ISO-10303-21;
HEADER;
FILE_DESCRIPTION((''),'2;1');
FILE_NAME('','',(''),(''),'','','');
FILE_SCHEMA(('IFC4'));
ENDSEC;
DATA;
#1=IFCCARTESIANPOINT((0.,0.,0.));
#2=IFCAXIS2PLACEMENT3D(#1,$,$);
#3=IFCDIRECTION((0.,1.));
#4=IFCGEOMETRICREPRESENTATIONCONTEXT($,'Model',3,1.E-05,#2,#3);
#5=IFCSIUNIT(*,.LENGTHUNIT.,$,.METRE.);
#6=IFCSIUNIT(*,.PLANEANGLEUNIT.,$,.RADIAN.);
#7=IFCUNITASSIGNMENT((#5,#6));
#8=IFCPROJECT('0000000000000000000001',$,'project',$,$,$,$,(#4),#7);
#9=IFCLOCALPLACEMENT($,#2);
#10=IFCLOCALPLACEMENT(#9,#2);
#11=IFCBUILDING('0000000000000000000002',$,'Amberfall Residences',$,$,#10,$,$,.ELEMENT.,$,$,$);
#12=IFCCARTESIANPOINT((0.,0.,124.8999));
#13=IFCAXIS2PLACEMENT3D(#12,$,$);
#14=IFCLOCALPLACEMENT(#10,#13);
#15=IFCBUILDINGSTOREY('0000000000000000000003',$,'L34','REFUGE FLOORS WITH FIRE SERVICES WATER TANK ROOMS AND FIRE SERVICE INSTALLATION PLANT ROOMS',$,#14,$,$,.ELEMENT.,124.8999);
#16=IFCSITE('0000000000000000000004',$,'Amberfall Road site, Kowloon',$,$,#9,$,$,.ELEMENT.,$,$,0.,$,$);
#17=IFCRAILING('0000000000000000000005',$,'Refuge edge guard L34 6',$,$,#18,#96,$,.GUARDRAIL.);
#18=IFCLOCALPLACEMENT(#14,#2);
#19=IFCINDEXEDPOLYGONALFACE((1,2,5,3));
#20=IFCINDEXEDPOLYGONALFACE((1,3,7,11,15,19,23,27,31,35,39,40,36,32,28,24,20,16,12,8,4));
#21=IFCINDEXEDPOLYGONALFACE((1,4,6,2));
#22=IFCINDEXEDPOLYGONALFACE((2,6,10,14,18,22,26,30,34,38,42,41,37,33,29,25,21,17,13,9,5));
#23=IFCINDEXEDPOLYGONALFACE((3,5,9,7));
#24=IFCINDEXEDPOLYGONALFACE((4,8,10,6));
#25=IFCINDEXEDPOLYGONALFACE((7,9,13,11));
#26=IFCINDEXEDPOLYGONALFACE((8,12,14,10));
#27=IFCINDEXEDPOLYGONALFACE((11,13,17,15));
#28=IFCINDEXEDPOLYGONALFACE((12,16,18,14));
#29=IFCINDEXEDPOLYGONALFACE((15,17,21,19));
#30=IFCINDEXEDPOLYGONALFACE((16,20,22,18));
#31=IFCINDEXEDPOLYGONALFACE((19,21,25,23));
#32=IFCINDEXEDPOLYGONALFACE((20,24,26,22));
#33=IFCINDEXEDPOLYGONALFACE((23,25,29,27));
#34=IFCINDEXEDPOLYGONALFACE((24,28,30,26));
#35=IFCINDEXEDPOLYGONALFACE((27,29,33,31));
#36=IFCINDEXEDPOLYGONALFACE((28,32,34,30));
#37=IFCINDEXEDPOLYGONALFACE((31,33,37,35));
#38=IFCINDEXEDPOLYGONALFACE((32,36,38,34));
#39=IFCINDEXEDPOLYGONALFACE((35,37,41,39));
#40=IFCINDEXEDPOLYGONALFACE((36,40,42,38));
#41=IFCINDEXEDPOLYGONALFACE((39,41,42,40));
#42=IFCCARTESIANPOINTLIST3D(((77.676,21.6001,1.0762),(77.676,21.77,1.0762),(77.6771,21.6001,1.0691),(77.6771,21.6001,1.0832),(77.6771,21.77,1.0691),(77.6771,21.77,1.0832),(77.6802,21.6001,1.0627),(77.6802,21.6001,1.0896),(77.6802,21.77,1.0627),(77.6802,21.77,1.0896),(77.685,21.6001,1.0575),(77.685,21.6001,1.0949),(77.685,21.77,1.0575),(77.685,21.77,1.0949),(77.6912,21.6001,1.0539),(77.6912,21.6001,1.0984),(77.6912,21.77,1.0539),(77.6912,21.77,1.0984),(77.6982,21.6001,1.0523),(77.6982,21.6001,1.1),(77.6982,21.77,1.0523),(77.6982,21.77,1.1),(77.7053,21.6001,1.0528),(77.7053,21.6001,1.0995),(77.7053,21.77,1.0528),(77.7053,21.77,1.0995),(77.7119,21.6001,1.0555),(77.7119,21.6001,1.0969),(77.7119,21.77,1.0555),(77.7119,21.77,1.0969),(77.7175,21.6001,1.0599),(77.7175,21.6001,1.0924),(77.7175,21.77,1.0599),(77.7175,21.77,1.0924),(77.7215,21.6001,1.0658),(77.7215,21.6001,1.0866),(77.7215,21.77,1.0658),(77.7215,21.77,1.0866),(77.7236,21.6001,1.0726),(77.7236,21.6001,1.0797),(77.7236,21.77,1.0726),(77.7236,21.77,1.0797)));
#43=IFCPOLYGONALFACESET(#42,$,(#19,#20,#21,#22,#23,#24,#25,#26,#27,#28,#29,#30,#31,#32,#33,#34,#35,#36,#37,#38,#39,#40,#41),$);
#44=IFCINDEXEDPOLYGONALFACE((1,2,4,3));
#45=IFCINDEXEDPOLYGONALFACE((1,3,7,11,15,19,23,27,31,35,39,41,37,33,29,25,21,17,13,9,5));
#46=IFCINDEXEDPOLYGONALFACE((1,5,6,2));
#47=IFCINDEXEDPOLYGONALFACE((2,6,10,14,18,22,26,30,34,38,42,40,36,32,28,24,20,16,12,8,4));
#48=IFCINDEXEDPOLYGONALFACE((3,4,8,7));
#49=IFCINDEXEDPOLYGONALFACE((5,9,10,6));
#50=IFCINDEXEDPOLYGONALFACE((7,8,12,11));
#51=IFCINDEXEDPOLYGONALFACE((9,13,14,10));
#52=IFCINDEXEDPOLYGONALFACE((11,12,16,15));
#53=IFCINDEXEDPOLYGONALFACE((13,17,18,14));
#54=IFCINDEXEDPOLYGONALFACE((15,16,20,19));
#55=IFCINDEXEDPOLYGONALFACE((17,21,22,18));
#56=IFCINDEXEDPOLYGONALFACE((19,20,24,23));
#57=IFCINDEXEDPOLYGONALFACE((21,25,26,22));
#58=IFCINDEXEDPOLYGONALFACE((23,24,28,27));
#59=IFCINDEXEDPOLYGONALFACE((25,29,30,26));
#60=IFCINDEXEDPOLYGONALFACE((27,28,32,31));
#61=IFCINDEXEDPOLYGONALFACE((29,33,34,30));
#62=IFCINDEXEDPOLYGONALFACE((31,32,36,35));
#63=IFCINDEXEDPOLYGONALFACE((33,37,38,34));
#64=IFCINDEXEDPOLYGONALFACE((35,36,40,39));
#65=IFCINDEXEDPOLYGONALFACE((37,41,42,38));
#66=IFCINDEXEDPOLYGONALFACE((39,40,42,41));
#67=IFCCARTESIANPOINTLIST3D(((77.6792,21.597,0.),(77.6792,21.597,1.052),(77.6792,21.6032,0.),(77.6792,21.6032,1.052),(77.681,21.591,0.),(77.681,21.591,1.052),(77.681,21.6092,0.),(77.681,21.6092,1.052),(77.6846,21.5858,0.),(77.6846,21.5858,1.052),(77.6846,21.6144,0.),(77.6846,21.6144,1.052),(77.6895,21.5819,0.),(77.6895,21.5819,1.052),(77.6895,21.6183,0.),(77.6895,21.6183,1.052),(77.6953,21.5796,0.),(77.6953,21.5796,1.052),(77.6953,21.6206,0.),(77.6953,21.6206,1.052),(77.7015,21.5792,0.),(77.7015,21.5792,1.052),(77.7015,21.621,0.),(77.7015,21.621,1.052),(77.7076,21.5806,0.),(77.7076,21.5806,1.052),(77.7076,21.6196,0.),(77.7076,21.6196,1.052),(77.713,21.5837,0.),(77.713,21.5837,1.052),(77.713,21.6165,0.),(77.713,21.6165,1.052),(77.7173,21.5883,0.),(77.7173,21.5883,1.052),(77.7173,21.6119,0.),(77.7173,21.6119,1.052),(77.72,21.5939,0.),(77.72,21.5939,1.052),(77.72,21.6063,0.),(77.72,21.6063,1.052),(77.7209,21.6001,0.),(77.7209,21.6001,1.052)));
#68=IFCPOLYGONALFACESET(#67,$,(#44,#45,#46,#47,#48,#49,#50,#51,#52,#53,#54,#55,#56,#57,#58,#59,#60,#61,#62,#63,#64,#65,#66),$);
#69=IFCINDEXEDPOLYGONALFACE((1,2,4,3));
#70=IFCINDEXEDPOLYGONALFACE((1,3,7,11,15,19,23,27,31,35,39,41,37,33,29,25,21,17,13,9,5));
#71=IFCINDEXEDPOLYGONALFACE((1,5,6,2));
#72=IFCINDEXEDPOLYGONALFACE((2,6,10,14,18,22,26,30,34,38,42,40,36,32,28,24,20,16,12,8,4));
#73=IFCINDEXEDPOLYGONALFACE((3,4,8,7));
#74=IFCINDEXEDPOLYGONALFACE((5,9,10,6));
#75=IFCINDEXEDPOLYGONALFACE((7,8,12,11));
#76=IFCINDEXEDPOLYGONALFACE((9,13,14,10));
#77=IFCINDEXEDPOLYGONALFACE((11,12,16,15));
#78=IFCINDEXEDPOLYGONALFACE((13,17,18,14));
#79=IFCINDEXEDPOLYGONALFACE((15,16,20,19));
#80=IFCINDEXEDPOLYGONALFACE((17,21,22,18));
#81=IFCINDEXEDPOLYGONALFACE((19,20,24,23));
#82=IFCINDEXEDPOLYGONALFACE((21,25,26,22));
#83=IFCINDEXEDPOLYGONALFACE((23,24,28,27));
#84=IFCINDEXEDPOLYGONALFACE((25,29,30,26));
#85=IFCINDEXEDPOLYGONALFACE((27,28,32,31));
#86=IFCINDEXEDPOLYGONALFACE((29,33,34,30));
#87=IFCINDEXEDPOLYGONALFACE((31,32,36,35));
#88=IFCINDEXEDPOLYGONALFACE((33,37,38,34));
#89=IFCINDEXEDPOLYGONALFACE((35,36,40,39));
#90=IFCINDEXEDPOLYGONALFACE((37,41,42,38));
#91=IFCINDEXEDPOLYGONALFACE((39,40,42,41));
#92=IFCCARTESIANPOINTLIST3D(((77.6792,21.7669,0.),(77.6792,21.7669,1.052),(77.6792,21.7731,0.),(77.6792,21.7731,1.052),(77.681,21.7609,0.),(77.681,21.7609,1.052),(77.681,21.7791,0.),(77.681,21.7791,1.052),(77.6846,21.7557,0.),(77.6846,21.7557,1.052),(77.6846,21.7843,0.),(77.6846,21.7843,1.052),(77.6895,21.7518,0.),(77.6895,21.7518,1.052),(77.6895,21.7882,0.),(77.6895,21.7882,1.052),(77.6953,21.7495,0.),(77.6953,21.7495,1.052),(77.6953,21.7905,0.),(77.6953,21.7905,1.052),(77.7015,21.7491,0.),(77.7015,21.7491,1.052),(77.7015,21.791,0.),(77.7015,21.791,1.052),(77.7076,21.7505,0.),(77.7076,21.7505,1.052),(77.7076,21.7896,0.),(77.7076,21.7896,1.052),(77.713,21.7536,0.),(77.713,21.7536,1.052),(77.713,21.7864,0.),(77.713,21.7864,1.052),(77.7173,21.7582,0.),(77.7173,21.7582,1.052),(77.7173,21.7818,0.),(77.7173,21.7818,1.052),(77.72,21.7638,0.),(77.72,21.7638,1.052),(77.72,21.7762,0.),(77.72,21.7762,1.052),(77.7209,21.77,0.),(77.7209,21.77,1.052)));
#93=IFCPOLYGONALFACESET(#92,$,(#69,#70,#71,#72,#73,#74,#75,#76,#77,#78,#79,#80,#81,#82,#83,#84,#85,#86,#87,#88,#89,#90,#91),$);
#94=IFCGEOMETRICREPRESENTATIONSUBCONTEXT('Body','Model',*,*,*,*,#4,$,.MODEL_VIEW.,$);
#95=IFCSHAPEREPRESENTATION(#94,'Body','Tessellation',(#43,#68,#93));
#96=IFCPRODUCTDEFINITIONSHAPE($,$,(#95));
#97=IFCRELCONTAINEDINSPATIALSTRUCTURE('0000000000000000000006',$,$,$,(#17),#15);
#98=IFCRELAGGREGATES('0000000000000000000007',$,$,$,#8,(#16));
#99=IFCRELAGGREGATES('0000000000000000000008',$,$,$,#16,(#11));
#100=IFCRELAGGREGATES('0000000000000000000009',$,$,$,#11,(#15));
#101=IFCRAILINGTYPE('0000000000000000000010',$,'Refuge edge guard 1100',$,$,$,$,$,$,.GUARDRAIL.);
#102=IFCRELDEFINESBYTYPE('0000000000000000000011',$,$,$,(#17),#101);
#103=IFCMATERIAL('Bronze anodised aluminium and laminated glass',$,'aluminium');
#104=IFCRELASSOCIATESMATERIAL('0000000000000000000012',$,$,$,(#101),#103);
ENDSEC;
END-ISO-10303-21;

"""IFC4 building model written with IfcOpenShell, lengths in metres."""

from ifc_helpers import new_model, si_unit, direction, frame, origin, origin_2d, place, context, subcontext, project, spatial, circle, extrude, material, type_object, element, save


model = new_model("IFC4")

# Units and contexts
model_context = context("Model", 3, precision=1e-05, world=origin(), true_north=direction((0.0, 1.0)))
body_context = subcontext(model_context, "Body", "Model", "MODEL_VIEW")
ifc_project = project(units=[si_unit("LENGTHUNIT", "METRE"), si_unit("PLANEANGLEUNIT", "RADIAN")], contexts=[model_context])

# Site, building, storey
site_placement = place(None, origin())
site = spatial("IfcSite", under=ifc_project, at=site_placement, Name="Amberfall Road site, Kowloon", CompositionType="ELEMENT", RefElevation=0.0)
building_placement = place(site_placement, origin())
building = spatial("IfcBuilding", under=site, at=building_placement, Name="Amberfall Residences", CompositionType="ELEMENT")
storey_placement = place(building_placement, frame((0.0, 0.0, 124.8999)))
storey = spatial("IfcBuildingStorey", under=building, at=storey_placement, Name="L34", Description="REFUGE FLOORS WITH FIRE SERVICES WATER TANK ROOMS AND FIRE SERVICE INSTALLATION PLANT ROOMS", CompositionType="ELEMENT", Elevation=124.8999)

# Railing
ifc_material_1 = material(Name="Bronze anodised aluminium and laminated glass", Category="aluminium")
railing_type = type_object("IfcRailingType", Name="Refuge edge guard 1100", PredefinedType="GUARDRAIL", material=ifc_material_1)
railing_1_placement = place(storey_placement, frame((77.7, 21.6001, 0.0)))
element("IfcRailing", 1, at=railing_1_placement, inside=storey, type_object=railing_type, Name="Refuge edge guard L34 6", PredefinedType="GUARDRAIL", context=body_context, shape_type="SweptSolid", body=[
    extrude(circle(Radius=0.0239, at=origin_2d()), frame((0.0, 0.0, 1.0762), z_axis=(0.0, 1.0, 0.0), x_axis=(-1.0, 0.0, 0.0)), (0.0, 0.0, 1.0), 0.1699),
    extrude(circle(Radius=0.021, at=origin_2d()), origin(), (0.0, 0.0, 1.0), 1.052),
    extrude(circle(Radius=0.021, at=origin_2d()), frame((0.0, 0.1699, 0.0)), (0.0, 0.0, 1.0), 1.052),
])

save(model, "model.ifc")
